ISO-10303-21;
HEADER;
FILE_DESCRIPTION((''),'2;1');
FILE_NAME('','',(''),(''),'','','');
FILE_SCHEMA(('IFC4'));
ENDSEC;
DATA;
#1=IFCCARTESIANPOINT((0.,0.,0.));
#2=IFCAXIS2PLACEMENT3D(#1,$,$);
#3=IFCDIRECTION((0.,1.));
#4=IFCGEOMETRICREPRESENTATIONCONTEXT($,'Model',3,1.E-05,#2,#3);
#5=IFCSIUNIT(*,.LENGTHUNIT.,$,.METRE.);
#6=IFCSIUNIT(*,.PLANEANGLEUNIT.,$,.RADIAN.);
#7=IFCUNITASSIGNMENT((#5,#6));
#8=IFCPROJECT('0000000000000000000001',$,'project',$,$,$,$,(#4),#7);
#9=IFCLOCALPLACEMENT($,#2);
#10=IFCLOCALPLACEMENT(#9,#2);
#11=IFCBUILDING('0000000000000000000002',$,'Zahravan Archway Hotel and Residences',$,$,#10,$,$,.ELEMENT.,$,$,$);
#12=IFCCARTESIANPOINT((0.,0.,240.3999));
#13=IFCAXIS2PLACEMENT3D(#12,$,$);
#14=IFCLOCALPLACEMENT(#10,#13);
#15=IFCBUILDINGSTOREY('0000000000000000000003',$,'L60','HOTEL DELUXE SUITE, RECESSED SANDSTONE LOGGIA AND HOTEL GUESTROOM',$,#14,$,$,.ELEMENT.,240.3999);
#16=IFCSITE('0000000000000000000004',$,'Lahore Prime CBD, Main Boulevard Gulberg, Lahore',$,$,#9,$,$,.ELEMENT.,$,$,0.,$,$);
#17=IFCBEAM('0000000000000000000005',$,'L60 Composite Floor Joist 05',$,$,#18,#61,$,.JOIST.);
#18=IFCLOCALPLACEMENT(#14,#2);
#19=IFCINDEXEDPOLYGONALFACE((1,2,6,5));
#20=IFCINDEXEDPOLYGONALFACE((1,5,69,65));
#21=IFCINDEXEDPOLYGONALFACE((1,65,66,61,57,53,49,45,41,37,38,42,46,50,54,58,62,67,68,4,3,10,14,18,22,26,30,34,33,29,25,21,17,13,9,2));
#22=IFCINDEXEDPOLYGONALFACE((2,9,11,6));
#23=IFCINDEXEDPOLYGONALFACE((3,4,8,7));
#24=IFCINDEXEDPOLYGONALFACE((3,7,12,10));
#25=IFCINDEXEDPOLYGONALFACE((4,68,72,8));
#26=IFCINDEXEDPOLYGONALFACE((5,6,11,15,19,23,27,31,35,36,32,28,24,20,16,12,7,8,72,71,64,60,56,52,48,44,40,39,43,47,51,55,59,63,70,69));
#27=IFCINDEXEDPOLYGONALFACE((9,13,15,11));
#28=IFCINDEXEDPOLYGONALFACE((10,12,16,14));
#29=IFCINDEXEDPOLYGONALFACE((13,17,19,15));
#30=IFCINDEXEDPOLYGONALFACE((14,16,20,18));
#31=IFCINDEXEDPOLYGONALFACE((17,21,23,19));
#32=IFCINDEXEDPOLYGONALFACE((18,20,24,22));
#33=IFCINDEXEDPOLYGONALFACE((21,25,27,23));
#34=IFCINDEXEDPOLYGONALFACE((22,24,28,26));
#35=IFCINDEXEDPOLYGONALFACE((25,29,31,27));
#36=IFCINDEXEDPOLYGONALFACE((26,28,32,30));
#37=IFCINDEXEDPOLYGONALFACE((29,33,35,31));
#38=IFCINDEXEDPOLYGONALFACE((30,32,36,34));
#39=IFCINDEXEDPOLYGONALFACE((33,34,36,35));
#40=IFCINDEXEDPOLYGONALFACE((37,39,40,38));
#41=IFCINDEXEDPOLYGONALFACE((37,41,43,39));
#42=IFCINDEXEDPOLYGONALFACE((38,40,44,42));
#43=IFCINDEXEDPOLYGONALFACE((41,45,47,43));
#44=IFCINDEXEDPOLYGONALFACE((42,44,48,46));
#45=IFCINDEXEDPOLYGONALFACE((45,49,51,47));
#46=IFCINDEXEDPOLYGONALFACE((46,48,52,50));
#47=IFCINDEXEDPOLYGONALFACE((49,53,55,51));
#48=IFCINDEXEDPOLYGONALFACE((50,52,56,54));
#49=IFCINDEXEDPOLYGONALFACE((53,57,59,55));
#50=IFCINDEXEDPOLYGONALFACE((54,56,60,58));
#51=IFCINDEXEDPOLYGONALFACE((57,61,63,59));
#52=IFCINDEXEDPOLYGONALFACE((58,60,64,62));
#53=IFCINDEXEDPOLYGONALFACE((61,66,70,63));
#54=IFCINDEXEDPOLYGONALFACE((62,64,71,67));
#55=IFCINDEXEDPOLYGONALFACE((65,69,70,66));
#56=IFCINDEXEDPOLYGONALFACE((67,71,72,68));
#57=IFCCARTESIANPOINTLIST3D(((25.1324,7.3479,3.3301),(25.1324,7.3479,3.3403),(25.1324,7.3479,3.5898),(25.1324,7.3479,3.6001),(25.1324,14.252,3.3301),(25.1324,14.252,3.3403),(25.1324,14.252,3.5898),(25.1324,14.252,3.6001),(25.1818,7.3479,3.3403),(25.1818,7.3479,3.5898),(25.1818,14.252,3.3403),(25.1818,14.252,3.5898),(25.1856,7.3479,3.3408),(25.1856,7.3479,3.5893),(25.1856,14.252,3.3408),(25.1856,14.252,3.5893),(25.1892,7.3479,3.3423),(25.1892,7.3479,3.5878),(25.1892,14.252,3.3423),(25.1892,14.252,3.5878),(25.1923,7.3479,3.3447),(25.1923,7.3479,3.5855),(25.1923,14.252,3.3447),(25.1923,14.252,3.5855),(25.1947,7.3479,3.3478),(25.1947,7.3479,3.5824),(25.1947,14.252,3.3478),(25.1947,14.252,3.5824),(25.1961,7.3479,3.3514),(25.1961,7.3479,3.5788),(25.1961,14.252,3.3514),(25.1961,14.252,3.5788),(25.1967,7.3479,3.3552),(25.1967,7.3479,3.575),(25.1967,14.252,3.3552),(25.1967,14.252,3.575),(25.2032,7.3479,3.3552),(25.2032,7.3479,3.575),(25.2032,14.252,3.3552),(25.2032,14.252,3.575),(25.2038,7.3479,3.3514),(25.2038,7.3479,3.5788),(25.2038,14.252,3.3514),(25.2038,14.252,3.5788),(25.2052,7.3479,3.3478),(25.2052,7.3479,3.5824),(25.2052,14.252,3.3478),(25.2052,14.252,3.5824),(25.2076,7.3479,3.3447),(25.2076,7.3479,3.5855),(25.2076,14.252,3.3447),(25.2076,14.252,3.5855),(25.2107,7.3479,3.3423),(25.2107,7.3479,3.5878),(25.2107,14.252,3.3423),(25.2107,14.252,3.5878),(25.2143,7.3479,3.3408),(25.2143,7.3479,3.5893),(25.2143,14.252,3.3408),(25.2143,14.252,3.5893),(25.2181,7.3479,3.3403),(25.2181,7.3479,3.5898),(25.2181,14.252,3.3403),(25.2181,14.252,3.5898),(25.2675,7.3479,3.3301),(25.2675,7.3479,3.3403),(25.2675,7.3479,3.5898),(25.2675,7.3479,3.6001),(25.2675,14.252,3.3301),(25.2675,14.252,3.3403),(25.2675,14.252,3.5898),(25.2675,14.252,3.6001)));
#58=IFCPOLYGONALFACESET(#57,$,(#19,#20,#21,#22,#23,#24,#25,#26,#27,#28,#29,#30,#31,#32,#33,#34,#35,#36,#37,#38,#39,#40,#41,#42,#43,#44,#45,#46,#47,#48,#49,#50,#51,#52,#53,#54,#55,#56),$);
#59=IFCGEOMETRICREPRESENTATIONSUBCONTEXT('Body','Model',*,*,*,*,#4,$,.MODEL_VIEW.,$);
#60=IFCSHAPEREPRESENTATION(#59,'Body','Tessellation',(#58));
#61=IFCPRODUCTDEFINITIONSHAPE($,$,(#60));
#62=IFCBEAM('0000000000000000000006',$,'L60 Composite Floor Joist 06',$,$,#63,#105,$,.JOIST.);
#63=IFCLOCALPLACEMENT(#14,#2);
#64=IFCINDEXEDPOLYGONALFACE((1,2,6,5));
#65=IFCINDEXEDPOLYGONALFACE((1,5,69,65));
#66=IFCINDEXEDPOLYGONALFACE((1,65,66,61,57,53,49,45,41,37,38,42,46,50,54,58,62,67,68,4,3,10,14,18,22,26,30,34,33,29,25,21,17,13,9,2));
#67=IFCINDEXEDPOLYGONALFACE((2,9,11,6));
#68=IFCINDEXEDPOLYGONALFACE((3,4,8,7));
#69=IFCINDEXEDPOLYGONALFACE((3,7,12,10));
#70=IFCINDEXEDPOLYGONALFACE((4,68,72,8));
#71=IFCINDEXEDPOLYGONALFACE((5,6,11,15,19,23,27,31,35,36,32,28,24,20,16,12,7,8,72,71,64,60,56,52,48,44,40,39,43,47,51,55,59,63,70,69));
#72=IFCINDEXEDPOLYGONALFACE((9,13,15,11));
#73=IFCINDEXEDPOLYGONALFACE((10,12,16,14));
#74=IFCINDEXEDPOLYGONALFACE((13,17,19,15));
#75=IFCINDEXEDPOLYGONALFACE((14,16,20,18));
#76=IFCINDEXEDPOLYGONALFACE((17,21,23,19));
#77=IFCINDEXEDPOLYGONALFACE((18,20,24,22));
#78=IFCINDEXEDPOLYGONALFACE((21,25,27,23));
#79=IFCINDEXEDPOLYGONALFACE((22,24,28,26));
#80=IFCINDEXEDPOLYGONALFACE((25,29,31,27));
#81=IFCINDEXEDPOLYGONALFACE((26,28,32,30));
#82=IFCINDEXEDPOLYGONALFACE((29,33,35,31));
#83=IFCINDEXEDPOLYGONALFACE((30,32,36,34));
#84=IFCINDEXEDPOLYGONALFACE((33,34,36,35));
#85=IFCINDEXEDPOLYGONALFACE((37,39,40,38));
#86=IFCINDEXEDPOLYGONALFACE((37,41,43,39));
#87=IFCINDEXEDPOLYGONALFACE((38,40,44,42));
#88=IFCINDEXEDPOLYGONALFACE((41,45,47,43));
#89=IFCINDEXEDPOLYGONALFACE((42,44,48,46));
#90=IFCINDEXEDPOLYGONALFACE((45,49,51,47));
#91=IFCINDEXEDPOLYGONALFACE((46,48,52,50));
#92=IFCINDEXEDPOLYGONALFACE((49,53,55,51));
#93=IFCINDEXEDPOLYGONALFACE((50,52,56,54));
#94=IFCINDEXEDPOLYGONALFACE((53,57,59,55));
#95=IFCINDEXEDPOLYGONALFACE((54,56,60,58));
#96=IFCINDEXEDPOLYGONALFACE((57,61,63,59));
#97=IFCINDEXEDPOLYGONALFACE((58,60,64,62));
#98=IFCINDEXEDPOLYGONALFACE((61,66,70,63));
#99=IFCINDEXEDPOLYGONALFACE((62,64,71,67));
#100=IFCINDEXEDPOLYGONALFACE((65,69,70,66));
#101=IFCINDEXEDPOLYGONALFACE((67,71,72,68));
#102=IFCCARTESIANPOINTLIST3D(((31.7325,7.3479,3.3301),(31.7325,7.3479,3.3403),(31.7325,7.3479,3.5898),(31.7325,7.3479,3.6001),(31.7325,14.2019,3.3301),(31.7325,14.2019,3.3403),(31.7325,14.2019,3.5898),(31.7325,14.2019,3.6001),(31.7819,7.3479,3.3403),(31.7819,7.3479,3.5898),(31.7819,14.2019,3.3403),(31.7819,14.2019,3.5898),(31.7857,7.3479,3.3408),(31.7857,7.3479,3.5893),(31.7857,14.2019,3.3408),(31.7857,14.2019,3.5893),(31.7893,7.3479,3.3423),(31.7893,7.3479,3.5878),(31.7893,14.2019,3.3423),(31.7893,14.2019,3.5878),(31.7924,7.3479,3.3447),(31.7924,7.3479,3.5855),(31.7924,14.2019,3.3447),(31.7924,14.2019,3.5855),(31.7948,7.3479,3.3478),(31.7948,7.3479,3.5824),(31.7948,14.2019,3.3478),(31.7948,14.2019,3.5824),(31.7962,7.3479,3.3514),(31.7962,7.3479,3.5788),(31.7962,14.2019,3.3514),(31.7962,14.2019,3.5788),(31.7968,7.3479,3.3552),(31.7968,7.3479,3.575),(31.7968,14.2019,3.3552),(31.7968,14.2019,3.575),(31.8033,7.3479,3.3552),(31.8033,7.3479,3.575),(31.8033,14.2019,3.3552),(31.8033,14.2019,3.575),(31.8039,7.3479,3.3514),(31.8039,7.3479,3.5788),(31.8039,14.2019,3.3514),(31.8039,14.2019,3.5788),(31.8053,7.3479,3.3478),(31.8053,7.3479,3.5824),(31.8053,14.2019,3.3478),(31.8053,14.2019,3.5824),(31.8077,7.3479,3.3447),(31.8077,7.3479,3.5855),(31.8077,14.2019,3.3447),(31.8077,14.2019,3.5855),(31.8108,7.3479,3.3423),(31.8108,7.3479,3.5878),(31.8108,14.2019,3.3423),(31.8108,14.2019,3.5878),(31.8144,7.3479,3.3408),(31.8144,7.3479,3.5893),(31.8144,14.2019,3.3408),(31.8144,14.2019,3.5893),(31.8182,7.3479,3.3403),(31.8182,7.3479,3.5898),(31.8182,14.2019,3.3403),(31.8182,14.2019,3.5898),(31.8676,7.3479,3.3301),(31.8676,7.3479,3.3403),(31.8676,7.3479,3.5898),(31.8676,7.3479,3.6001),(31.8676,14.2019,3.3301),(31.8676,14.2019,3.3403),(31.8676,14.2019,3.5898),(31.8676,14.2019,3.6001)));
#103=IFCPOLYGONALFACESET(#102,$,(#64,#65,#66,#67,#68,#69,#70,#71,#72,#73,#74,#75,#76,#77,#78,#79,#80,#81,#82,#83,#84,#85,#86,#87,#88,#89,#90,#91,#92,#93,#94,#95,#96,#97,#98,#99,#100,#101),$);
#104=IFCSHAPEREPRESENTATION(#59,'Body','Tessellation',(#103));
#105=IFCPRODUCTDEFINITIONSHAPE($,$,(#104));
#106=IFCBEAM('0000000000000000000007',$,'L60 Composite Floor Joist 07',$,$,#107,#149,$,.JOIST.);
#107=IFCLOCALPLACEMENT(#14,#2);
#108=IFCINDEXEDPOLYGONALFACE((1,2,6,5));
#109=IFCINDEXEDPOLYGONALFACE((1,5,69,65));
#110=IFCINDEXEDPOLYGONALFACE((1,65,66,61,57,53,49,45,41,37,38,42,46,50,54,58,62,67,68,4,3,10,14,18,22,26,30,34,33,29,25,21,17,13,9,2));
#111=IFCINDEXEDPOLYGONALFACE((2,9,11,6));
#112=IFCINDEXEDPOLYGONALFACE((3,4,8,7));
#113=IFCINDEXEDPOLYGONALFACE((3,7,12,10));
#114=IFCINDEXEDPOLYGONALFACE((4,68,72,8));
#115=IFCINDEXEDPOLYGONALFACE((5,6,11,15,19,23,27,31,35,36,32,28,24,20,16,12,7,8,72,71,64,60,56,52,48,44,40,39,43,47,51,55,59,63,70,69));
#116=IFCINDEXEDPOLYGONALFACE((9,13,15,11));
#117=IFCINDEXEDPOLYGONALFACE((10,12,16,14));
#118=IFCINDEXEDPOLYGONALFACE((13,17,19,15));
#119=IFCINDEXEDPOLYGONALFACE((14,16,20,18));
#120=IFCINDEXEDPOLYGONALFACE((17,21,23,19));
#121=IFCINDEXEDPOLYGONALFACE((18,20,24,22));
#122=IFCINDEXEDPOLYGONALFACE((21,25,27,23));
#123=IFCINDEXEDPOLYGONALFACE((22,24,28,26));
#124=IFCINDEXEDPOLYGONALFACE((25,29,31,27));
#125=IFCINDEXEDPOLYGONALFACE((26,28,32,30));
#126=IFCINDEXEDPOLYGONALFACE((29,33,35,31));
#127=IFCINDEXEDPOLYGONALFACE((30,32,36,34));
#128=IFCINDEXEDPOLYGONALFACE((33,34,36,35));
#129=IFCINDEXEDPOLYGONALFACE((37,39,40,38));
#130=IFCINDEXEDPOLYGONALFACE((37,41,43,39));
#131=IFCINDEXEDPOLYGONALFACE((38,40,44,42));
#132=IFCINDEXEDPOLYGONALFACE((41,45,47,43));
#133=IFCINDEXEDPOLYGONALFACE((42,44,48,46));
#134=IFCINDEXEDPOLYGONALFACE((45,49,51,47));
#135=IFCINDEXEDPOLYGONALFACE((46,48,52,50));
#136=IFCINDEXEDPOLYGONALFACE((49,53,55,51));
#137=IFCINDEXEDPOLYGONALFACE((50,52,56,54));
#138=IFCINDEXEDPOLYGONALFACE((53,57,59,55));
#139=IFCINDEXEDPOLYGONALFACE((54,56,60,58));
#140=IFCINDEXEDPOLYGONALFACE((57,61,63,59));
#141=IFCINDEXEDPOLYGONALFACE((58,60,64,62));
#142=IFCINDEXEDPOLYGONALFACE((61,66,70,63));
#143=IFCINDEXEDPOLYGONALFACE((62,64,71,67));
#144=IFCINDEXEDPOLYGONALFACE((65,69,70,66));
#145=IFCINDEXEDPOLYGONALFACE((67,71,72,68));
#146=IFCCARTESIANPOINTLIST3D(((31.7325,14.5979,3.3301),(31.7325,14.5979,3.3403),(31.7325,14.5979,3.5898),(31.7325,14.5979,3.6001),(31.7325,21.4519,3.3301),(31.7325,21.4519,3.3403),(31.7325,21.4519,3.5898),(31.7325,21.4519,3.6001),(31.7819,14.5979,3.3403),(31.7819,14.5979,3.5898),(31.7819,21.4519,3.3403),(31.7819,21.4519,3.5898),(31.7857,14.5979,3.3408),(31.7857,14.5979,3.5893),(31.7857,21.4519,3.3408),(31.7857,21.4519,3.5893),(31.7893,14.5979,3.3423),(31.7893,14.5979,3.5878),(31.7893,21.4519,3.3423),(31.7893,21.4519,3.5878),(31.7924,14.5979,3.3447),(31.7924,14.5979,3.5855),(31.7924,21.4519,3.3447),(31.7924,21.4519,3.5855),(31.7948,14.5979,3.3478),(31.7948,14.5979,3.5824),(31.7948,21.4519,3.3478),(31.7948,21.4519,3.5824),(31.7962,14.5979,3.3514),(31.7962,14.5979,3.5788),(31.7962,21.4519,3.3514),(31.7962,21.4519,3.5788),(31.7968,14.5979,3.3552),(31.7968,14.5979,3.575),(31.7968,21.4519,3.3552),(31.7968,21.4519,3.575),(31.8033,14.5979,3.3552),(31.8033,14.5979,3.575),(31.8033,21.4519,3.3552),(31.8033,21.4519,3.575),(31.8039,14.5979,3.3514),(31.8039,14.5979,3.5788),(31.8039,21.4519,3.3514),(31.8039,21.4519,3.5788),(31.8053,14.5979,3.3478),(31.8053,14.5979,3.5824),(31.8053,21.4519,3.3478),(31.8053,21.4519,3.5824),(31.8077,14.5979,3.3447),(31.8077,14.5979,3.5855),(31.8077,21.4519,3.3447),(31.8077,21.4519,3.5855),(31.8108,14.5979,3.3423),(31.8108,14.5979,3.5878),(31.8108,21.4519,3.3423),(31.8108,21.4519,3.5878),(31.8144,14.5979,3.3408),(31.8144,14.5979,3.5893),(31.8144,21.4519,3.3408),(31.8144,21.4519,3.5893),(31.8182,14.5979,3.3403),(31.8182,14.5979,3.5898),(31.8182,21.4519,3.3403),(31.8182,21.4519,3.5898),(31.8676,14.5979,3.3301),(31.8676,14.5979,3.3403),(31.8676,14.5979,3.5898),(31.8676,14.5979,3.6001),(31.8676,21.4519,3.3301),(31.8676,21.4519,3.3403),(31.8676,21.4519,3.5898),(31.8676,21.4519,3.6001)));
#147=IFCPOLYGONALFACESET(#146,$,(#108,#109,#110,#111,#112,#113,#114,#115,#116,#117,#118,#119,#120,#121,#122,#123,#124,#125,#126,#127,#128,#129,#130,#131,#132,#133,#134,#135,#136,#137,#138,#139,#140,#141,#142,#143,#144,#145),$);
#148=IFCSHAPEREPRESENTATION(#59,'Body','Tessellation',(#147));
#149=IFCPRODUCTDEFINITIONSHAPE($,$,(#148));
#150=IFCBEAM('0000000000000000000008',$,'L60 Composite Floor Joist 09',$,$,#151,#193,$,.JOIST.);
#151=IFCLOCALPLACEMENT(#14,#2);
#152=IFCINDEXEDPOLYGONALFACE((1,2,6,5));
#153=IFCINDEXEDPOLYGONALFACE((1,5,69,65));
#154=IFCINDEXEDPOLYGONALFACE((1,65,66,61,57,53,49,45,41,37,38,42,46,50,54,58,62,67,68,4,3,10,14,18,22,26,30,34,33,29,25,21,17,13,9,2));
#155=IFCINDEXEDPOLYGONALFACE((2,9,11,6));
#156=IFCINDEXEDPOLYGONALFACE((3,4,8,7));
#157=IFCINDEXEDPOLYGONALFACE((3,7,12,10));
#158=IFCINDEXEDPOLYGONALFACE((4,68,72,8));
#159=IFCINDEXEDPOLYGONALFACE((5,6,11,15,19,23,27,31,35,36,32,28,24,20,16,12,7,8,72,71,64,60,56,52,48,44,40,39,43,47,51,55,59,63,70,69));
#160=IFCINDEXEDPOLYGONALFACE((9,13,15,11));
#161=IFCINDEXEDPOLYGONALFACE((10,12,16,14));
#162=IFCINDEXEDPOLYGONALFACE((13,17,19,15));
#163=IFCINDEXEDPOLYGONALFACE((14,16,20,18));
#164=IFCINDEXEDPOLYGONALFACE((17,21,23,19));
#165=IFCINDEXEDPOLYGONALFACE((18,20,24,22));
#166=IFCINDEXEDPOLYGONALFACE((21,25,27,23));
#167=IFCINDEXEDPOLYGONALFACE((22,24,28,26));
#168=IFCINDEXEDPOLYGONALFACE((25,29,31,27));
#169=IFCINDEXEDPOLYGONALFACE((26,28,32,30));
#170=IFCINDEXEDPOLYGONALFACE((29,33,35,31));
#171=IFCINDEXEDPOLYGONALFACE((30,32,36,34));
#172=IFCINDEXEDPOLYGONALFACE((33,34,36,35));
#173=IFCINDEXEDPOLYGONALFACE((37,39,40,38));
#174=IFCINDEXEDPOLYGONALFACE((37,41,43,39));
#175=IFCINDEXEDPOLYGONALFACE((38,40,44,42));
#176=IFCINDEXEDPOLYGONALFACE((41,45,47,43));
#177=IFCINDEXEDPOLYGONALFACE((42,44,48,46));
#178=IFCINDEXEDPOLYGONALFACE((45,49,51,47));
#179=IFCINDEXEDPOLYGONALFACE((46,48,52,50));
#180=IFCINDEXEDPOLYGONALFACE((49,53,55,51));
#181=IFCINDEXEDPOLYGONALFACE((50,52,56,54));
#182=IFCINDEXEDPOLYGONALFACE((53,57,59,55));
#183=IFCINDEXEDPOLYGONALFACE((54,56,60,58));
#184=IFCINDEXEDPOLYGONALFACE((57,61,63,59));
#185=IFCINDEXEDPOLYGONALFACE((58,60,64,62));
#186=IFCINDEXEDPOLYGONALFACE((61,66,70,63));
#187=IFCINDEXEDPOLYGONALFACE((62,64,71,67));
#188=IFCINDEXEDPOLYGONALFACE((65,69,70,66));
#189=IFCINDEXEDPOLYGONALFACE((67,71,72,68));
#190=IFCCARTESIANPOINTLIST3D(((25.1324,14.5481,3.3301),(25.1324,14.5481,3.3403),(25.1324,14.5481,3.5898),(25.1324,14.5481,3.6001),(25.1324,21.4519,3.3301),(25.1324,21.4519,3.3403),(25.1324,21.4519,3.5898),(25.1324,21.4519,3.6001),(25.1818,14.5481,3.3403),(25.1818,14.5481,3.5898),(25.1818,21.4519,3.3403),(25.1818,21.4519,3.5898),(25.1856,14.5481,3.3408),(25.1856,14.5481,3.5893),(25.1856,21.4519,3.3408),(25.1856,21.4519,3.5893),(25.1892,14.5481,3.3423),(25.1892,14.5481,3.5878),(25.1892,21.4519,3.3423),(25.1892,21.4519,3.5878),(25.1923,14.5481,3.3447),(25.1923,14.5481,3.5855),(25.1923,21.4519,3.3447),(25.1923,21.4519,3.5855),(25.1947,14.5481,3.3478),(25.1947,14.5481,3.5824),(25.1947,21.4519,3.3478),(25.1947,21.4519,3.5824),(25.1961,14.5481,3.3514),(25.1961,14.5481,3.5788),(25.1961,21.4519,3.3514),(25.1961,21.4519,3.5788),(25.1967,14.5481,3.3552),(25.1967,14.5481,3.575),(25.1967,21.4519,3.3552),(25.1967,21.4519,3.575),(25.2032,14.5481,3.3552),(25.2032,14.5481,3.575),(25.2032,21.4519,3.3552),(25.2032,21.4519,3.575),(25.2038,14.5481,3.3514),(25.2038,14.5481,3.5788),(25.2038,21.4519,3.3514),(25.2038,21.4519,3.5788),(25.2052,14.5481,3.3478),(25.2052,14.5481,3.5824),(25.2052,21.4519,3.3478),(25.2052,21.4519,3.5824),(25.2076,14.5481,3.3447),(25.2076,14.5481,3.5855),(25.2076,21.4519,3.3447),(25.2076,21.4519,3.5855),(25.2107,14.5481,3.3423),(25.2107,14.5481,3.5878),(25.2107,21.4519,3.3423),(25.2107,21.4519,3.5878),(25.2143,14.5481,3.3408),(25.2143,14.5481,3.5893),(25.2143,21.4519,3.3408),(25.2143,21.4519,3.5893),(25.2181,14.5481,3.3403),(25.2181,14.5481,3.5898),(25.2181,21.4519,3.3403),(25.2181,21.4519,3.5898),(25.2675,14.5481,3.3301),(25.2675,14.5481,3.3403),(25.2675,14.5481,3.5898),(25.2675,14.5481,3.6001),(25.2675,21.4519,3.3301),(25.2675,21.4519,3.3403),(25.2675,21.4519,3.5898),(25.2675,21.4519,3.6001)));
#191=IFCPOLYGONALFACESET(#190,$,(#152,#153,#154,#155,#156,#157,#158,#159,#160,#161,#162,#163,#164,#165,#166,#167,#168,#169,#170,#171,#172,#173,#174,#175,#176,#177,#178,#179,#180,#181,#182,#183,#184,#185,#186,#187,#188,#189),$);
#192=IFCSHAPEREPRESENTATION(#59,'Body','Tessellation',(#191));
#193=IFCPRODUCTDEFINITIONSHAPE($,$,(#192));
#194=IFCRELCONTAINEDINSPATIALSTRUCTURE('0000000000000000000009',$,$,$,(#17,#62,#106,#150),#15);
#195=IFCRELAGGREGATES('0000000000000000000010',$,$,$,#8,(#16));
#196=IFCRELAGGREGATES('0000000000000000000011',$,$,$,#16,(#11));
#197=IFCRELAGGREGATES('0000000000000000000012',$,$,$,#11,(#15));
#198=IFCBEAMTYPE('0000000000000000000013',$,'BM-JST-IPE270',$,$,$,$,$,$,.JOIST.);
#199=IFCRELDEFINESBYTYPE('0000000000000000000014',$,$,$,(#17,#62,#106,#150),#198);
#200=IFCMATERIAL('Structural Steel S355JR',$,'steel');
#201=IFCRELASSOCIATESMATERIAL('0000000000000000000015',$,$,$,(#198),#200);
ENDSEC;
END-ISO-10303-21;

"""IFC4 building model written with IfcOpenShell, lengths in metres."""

from ifc_helpers import new_model, si_unit, direction, frame, origin, origin_2d, place, context, subcontext, project, spatial, i_section, extrude, source, transform, mapped, material, material_profile, profile_set, type_object, type_shapes, element, save


model = new_model("IFC4")

# Units and contexts
model_context = context("Model", 3, precision=1e-05, world=origin(), true_north=direction((0.0, 1.0)))
body_context = subcontext(model_context, "Body", "Model", "MODEL_VIEW")
ifc_project = project(units=[si_unit("LENGTHUNIT", "METRE"), si_unit("PLANEANGLEUNIT", "RADIAN")], contexts=[model_context])

# Site, building, storey
site_placement = place(None, origin())
site = spatial("IfcSite", under=ifc_project, at=site_placement, Name="Lahore Prime CBD, Main Boulevard Gulberg, Lahore", CompositionType="ELEMENT", RefElevation=0.0)
building_placement = place(site_placement, origin())
building = spatial("IfcBuilding", under=site, at=building_placement, Name="Zahravan Archway Hotel and Residences", CompositionType="ELEMENT")
storey_placement = place(building_placement, frame((0.0, 0.0, 240.3999)))
storey = spatial("IfcBuildingStorey", under=building, at=storey_placement, Name="L60", Description="HOTEL DELUXE SUITE, RECESSED SANDSTONE LOGGIA AND HOTEL GUESTROOM", CompositionType="ELEMENT", Elevation=240.3999)

# Beams
ifc_material_1 = material(Name="Structural Steel S355JR", Category="steel")
ifc_material_profile_1 = material_profile(ifc_material_1, i_section(OverallWidth=0.135, OverallDepth=0.27, WebThickness=0.0066, FlangeThickness=0.0103, FilletRadius=0.0149, at=origin_2d()), Name="IPE 270", Category="steel")
ifc_profile_set_1 = profile_set([ifc_material_profile_1], Name="Structural Steel S355JR")
beam_type_1 = type_object("IfcBeamType", Name="BM-JST-IPE270", PredefinedType="JOIST", material=ifc_profile_set_1)
shared_shape_1 = source(origin(), body_context, "Body", "SweptSolid", [
    extrude(i_section(OverallWidth=0.135, OverallDepth=0.27, WebThickness=0.0066, FlangeThickness=0.0103, FilletRadius=0.0149, at=origin_2d()), origin(), (0.0, 0.0, 1.0), 6.9041),
])
type_shapes(beam_type_1, [shared_shape_1])
beam_1_placement = place(storey_placement, frame((25.2, 7.3479, 3.4651), z_axis=(0.0, 1.0, 0.0), x_axis=(-1.0, 0.0, 0.0)))
element("IfcBeam", 1, at=beam_1_placement, inside=storey, type_object=beam_type_1, Name="L60 Composite Floor Joist 05", PredefinedType="JOIST", context=body_context, shape_type="MappedRepresentation", body=[
    mapped(shared_shape_1, transform((0.0, 0.0, 0.0), scale=1.0)),
])
shared_shape_2 = source(origin(), body_context, "Body", "SweptSolid", [
    extrude(i_section(OverallWidth=0.135, OverallDepth=0.27, WebThickness=0.0066, FlangeThickness=0.0103, FilletRadius=0.0149, at=origin_2d()), origin(), (0.0, 0.0, 1.0), 6.854),
])
for number, where, z_axis, x_axis, name in (
    (2, (31.8, 7.3479, 3.4651), (0.0, 1.0, 0.0), (-1.0, 0.0, 0.0), "L60 Composite Floor Joist 06"),
    (3, (31.8, 14.5979, 3.4651), (0.0, 1.0, 0.0), (-1.0, 0.0, 0.0), "L60 Composite Floor Joist 07"),
):
    element("IfcBeam", number, at=place(storey_placement, frame(where, z_axis=z_axis, x_axis=x_axis)), inside=storey, type_object=beam_type_1, Name=name, PredefinedType="JOIST", context=body_context, shape_type="MappedRepresentation", body=[
        mapped(shared_shape_2, transform((0.0, 0.0, 0.0), scale=1.0)),
    ])
shared_shape_3 = source(origin(), body_context, "Body", "SweptSolid", [
    extrude(i_section(OverallWidth=0.135, OverallDepth=0.27, WebThickness=0.0066, FlangeThickness=0.0103, FilletRadius=0.0149, at=origin_2d()), origin(), (0.0, 0.0, 1.0), 6.9038),
])
beam_2_placement = place(storey_placement, frame((25.2, 14.5481, 3.4651), z_axis=(0.0, 1.0, 0.0), x_axis=(-1.0, 0.0, 0.0)))
element("IfcBeam", 4, at=beam_2_placement, inside=storey, type_object=beam_type_1, Name="L60 Composite Floor Joist 09", PredefinedType="JOIST", context=body_context, shape_type="MappedRepresentation", body=[
    mapped(shared_shape_3, transform((0.0, 0.0, 0.0), scale=1.0)),
])

save(model, "model.ifc")
